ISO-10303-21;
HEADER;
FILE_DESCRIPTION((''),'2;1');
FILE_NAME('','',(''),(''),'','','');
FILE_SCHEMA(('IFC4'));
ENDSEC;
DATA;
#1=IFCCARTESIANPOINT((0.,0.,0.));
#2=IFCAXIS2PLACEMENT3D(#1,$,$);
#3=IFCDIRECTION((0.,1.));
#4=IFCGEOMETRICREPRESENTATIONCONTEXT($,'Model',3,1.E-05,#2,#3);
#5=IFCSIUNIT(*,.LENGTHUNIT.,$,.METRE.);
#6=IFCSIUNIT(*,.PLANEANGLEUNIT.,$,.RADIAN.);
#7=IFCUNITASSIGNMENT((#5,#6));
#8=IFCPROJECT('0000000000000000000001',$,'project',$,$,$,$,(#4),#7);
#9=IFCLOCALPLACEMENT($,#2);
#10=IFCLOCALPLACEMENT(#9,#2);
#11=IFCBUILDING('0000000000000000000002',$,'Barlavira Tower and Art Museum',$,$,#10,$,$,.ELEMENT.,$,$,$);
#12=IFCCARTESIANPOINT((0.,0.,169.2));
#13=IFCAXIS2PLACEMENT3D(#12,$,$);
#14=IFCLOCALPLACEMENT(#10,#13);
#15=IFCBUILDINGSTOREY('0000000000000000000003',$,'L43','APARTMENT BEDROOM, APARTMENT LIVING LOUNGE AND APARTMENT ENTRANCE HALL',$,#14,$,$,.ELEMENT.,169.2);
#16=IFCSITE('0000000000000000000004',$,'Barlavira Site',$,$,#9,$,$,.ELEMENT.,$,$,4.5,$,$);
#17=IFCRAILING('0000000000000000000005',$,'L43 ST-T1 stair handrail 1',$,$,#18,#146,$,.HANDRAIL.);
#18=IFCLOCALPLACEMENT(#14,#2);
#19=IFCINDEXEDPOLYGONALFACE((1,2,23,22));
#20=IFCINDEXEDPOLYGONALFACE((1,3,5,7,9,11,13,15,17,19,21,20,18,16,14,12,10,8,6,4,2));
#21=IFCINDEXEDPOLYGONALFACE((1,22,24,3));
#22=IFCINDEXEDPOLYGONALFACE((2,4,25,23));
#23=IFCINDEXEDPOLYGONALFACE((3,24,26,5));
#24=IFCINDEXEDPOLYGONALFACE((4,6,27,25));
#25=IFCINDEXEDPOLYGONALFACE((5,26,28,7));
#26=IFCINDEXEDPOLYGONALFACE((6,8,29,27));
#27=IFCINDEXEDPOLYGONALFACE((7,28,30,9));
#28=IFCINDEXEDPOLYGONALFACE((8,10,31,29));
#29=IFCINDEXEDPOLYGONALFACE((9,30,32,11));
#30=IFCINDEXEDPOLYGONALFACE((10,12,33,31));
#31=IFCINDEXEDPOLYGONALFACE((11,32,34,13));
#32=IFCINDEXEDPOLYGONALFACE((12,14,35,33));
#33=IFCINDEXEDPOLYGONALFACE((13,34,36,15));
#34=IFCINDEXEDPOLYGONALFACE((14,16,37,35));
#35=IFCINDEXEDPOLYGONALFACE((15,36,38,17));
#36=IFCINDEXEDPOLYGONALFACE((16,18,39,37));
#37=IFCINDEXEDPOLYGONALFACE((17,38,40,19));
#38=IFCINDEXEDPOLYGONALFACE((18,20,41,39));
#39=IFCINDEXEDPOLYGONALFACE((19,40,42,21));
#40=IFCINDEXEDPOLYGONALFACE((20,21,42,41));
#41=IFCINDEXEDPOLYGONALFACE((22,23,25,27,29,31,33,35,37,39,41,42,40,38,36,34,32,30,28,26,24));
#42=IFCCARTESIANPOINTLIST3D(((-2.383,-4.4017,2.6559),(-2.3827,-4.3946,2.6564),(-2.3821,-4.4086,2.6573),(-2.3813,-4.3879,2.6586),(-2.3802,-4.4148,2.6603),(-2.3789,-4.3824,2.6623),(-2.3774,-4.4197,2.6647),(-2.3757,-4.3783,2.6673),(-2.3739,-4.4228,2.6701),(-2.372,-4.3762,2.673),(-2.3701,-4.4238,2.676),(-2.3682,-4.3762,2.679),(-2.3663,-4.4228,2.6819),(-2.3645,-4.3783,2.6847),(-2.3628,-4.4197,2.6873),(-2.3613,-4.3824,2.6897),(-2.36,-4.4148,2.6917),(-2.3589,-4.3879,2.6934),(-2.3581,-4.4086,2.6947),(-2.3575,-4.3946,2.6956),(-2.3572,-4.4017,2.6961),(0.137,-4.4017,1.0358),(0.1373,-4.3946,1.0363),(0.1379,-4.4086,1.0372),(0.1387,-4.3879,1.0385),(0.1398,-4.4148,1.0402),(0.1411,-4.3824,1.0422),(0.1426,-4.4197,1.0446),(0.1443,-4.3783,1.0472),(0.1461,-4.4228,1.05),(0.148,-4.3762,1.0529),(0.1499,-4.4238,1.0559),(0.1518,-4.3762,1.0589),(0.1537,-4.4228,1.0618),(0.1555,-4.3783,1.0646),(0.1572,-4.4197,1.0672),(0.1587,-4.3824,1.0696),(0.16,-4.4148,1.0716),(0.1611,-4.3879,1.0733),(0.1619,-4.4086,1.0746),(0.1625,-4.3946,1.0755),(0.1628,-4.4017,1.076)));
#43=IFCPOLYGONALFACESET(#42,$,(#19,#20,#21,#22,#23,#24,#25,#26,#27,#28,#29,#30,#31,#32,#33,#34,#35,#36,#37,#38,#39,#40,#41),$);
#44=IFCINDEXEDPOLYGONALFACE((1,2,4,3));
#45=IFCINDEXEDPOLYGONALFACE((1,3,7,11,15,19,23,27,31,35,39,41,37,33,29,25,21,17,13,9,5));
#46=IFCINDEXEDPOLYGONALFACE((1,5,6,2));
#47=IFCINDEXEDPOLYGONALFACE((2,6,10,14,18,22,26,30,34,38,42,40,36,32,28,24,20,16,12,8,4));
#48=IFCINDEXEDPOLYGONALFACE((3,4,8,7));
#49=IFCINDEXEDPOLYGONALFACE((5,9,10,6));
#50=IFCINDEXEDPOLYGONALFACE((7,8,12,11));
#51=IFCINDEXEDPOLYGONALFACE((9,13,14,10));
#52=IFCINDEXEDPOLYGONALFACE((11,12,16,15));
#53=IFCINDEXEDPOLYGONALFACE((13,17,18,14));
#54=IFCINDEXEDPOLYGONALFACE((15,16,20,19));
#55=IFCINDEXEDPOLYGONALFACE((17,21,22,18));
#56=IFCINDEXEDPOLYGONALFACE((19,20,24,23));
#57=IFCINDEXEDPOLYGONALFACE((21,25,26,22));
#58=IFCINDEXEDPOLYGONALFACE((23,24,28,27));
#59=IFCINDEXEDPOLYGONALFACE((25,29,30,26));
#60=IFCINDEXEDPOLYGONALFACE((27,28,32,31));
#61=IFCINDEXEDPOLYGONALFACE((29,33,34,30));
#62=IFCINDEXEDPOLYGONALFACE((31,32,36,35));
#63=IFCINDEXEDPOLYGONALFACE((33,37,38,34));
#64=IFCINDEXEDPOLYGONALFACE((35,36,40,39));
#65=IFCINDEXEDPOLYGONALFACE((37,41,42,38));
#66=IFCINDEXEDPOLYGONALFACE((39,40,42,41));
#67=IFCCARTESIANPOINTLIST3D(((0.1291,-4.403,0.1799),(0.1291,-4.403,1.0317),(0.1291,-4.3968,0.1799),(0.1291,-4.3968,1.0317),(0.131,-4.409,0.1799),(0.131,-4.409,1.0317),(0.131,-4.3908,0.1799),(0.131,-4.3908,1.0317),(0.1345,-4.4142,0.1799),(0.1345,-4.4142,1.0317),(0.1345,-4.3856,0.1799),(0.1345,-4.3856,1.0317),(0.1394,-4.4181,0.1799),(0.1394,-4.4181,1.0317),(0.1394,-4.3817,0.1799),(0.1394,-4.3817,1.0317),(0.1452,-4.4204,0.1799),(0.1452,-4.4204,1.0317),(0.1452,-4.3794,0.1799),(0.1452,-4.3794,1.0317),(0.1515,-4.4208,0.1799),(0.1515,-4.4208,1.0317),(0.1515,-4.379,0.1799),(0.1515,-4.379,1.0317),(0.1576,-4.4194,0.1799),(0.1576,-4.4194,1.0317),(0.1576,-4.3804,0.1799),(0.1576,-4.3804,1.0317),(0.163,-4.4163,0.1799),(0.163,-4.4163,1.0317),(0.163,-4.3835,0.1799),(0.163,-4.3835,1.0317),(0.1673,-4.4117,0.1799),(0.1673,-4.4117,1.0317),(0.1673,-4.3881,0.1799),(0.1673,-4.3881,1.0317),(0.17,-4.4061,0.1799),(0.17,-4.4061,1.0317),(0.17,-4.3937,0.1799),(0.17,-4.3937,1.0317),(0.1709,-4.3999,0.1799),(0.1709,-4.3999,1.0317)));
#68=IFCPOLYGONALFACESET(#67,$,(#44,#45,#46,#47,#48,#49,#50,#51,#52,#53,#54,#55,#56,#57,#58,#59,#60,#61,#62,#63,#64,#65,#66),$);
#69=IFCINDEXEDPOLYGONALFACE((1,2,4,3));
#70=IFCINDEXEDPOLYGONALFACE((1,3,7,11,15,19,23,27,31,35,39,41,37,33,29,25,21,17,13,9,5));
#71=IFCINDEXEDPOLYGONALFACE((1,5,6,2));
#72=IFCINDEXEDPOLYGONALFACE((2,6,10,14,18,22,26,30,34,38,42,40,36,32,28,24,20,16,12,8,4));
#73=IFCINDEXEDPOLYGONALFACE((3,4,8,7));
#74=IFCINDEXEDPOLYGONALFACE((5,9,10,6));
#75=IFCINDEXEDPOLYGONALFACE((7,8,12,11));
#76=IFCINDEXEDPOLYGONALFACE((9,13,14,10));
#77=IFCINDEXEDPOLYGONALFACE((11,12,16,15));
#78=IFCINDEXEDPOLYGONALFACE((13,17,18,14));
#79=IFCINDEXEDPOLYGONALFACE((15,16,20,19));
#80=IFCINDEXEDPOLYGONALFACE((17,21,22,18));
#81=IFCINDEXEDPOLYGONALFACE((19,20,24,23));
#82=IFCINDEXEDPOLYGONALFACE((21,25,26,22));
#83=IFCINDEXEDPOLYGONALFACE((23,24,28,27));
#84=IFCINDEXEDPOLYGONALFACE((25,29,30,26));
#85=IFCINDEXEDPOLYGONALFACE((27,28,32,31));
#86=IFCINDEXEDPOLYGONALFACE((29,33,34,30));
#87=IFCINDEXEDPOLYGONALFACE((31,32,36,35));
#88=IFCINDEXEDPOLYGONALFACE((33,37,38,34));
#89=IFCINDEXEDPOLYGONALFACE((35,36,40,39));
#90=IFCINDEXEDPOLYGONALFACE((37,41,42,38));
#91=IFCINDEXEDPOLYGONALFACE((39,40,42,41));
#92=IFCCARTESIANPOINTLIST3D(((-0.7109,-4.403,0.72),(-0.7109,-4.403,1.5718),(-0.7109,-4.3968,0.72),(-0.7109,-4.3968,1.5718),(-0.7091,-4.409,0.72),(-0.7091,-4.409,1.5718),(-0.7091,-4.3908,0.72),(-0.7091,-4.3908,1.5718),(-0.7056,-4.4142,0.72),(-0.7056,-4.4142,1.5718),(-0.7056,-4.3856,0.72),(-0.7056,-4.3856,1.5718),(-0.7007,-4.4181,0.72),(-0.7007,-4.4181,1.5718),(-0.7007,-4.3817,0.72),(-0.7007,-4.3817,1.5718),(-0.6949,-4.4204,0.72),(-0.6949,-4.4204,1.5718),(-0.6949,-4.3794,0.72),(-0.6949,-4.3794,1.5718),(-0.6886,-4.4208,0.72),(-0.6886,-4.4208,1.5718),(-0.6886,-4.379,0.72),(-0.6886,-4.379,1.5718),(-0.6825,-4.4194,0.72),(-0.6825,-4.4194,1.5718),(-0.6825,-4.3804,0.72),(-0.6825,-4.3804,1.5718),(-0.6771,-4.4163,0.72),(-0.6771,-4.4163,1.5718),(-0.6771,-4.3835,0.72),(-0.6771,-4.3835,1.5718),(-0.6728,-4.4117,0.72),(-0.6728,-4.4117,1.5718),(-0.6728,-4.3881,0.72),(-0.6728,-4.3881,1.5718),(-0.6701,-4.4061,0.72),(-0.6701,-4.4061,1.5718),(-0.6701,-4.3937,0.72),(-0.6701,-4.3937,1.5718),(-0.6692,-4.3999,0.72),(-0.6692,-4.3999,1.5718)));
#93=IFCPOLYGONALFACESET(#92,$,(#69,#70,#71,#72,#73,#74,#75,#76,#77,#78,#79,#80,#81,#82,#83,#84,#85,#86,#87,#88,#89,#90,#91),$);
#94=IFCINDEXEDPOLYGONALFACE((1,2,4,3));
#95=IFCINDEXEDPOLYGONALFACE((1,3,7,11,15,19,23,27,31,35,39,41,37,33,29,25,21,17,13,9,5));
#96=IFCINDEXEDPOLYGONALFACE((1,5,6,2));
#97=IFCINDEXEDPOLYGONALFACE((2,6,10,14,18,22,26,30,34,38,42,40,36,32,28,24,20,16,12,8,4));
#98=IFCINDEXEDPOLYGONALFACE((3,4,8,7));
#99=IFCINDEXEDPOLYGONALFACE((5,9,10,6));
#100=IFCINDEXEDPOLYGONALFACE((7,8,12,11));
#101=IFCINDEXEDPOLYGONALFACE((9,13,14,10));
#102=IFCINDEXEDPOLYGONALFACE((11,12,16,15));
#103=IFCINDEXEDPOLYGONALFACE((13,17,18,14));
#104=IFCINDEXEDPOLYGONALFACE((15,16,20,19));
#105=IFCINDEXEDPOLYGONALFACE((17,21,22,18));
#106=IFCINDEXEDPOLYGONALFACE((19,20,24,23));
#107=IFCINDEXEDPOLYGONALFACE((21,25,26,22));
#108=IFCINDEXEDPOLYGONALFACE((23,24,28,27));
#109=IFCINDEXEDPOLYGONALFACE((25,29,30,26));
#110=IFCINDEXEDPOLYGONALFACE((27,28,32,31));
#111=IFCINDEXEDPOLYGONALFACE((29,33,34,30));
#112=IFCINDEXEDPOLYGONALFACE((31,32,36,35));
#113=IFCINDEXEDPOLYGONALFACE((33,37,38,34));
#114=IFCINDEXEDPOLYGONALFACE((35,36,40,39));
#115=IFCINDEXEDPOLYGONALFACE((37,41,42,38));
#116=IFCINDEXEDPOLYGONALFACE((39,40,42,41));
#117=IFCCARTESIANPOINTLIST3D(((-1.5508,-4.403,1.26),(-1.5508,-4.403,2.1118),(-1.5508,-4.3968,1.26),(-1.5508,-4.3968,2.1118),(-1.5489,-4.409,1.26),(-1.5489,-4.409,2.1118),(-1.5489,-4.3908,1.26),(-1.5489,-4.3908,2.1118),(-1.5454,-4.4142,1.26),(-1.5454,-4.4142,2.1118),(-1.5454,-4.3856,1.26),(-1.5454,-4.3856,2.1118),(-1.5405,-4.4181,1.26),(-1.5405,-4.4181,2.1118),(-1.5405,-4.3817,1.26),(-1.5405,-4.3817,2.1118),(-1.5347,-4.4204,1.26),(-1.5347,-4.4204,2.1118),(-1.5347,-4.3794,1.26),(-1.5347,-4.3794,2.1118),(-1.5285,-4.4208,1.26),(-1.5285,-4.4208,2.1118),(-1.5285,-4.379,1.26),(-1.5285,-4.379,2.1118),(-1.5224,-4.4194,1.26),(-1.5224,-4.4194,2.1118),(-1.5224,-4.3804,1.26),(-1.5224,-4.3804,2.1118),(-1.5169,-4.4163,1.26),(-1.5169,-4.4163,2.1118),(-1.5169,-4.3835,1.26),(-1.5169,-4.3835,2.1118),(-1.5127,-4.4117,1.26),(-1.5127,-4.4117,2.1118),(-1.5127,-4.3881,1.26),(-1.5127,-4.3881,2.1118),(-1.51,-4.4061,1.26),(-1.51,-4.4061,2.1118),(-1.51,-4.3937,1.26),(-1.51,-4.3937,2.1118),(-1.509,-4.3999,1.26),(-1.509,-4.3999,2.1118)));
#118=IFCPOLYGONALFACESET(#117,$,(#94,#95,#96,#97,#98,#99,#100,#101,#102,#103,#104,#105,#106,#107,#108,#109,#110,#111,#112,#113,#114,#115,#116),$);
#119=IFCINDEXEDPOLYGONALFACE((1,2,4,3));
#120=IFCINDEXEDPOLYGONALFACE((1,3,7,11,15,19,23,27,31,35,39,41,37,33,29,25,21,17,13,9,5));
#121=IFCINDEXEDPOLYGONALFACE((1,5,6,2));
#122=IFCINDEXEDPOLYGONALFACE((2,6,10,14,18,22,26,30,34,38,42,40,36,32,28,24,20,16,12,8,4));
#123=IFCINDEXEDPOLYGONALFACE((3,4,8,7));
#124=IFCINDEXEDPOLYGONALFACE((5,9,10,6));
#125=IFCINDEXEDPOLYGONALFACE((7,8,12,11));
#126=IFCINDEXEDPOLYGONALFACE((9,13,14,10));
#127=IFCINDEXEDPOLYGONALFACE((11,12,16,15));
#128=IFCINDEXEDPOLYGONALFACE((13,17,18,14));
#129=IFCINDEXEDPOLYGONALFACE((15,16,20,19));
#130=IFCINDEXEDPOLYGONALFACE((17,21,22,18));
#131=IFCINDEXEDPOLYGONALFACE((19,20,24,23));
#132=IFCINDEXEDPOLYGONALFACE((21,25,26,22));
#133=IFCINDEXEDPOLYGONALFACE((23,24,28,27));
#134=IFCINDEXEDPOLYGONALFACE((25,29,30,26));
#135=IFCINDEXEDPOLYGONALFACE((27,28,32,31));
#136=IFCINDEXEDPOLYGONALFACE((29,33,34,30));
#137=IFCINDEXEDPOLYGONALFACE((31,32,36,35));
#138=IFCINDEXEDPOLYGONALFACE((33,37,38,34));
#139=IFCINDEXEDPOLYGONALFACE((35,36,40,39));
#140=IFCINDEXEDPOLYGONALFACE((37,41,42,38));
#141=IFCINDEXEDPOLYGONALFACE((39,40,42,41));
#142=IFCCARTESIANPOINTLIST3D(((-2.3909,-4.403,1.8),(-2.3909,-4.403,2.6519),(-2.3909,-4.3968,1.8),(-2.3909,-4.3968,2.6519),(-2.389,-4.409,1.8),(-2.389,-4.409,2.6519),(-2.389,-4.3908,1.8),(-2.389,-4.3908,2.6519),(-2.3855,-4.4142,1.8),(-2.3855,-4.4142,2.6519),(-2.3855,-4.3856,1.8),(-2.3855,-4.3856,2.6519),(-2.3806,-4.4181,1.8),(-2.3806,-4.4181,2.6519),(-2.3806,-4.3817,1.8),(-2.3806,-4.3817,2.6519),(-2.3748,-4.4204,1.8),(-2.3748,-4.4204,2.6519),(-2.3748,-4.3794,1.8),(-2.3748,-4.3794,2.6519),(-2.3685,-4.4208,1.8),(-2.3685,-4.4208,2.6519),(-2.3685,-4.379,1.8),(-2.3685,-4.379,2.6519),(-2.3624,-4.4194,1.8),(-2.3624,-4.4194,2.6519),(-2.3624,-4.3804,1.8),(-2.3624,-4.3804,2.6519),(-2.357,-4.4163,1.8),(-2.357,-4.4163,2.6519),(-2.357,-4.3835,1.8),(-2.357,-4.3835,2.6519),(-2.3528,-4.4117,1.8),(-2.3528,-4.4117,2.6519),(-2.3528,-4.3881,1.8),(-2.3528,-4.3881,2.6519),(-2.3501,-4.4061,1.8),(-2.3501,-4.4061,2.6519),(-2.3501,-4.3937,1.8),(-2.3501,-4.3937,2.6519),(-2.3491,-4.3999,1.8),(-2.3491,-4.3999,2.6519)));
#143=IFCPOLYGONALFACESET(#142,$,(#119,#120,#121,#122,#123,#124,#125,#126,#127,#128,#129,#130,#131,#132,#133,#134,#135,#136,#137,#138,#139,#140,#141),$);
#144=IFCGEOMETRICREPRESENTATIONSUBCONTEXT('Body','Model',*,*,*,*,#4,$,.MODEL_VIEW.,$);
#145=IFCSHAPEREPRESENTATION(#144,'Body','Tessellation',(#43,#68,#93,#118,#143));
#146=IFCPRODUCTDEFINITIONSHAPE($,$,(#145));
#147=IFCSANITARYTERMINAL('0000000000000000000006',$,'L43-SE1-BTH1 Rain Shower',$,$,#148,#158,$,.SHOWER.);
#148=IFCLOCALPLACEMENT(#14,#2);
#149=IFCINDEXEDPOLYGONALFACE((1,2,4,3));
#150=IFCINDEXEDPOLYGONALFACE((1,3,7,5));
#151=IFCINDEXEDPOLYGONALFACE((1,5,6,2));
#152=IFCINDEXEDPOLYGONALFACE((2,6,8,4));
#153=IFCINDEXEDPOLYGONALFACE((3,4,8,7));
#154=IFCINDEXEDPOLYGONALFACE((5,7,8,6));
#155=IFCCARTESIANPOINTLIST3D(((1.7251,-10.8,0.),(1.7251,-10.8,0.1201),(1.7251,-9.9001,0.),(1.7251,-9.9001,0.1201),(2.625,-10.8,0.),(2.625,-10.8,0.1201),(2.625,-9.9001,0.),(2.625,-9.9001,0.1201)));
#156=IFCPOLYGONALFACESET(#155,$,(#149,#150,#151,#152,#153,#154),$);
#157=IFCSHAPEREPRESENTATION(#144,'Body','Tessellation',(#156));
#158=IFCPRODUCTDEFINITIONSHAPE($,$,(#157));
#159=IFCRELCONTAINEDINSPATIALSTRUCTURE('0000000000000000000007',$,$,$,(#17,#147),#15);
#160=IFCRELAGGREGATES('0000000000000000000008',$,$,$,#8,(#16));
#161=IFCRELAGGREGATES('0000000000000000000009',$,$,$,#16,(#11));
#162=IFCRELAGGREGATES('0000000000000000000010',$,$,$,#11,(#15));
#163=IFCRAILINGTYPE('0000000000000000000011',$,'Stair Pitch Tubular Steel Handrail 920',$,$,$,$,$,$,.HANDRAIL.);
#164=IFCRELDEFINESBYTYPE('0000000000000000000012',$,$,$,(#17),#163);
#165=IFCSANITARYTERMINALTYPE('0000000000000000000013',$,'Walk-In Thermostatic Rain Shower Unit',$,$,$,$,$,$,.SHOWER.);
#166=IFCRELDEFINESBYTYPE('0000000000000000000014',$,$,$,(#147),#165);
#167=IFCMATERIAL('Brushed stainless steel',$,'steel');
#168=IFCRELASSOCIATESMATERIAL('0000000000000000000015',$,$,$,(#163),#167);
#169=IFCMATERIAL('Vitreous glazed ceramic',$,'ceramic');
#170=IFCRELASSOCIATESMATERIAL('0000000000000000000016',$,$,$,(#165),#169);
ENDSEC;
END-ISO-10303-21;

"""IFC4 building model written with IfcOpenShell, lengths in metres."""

from ifc_helpers import new_model, si_unit, direction, frame, origin, origin_2d, place, context, subcontext, project, spatial, rectangle, circle, extrude, material, type_object, element, save


model = new_model("IFC4")

# Units and contexts
model_context = context("Model", 3, precision=1e-05, world=origin(), true_north=direction((0.0, 1.0)))
body_context = subcontext(model_context, "Body", "Model", "MODEL_VIEW")
ifc_project = project(units=[si_unit("LENGTHUNIT", "METRE"), si_unit("PLANEANGLEUNIT", "RADIAN")], contexts=[model_context])

# Site, building, storey
site_placement = place(None, origin())
site = spatial("IfcSite", under=ifc_project, at=site_placement, Name="Barlavira Site", CompositionType="ELEMENT", RefElevation=4.5)
building_placement = place(site_placement, origin())
building = spatial("IfcBuilding", under=site, at=building_placement, Name="Barlavira Tower and Art Museum", CompositionType="ELEMENT")
storey_placement = place(building_placement, frame((0.0, 0.0, 169.2)))
storey = spatial("IfcBuildingStorey", under=building, at=storey_placement, Name="L43", Description="APARTMENT BEDROOM, APARTMENT LIVING LOUNGE AND APARTMENT ENTRANCE HALL", CompositionType="ELEMENT", Elevation=169.2)

# Shared definitions
ifc_material_1 = material(Name="Brushed stainless steel", Category="steel")

# Railing
railing_type_1 = type_object("IfcRailingType", Name="Stair Pitch Tubular Steel Handrail 920", PredefinedType="HANDRAIL", material=ifc_material_1)
railing_1_placement = place(storey_placement, frame((0.1499, -4.3999, 0.1799)))
element("IfcRailing", 1, at=railing_1_placement, inside=storey, type_object=railing_type_1, Name="L43 ST-T1 stair handrail 1", PredefinedType="HANDRAIL", context=body_context, shape_type="SweptSolid", body=[
    extrude(circle(Radius=0.0239, at=origin_2d()), frame((0.0, 0.0, 0.876), z_axis=(-0.841163, 0.0, 0.540782), x_axis=(0.0, -1.0, 0.0)), (0.0, 0.0, 1.0), 2.9958),
    extrude(circle(Radius=0.021, at=origin_2d()), origin(), (0.0, 0.0, 1.0), 0.8518),
    extrude(circle(Radius=0.021, at=origin_2d()), frame((-0.8401, 0.0, 0.54)), (0.0, 0.0, 1.0), 0.8518),
    extrude(circle(Radius=0.021, at=origin_2d()), frame((-1.6799, 0.0, 1.0801)), (0.0, 0.0, 1.0), 0.8518),
    extrude(circle(Radius=0.021, at=origin_2d()), frame((-2.52, 0.0, 1.6201)), (0.0, 0.0, 1.0), 0.8518),
])

# Sanitary terminal
ifc_material_2 = material(Name="Vitreous glazed ceramic", Category="ceramic")
sanitary_terminal_type = type_object("IfcSanitaryTerminalType", Name="Walk-In Thermostatic Rain Shower Unit", PredefinedType="SHOWER", material=ifc_material_2)
sanitary_terminal_placement = place(storey_placement, frame((2.175, -10.3501, 0.0), z_axis=(0.0, 0.0, 1.0), x_axis=(1.0, 0.0, 0.0)))
element("IfcSanitaryTerminal", 2, at=sanitary_terminal_placement, inside=storey, type_object=sanitary_terminal_type, Name="L43-SE1-BTH1 Rain Shower", PredefinedType="SHOWER", context=body_context, shape_type="SweptSolid", body=[
    extrude(rectangle(XDim=0.8999, YDim=0.8999, at=origin_2d()), origin(), (0.0, 0.0, 1.0), 0.1201),
])

save(model, "model.ifc")
